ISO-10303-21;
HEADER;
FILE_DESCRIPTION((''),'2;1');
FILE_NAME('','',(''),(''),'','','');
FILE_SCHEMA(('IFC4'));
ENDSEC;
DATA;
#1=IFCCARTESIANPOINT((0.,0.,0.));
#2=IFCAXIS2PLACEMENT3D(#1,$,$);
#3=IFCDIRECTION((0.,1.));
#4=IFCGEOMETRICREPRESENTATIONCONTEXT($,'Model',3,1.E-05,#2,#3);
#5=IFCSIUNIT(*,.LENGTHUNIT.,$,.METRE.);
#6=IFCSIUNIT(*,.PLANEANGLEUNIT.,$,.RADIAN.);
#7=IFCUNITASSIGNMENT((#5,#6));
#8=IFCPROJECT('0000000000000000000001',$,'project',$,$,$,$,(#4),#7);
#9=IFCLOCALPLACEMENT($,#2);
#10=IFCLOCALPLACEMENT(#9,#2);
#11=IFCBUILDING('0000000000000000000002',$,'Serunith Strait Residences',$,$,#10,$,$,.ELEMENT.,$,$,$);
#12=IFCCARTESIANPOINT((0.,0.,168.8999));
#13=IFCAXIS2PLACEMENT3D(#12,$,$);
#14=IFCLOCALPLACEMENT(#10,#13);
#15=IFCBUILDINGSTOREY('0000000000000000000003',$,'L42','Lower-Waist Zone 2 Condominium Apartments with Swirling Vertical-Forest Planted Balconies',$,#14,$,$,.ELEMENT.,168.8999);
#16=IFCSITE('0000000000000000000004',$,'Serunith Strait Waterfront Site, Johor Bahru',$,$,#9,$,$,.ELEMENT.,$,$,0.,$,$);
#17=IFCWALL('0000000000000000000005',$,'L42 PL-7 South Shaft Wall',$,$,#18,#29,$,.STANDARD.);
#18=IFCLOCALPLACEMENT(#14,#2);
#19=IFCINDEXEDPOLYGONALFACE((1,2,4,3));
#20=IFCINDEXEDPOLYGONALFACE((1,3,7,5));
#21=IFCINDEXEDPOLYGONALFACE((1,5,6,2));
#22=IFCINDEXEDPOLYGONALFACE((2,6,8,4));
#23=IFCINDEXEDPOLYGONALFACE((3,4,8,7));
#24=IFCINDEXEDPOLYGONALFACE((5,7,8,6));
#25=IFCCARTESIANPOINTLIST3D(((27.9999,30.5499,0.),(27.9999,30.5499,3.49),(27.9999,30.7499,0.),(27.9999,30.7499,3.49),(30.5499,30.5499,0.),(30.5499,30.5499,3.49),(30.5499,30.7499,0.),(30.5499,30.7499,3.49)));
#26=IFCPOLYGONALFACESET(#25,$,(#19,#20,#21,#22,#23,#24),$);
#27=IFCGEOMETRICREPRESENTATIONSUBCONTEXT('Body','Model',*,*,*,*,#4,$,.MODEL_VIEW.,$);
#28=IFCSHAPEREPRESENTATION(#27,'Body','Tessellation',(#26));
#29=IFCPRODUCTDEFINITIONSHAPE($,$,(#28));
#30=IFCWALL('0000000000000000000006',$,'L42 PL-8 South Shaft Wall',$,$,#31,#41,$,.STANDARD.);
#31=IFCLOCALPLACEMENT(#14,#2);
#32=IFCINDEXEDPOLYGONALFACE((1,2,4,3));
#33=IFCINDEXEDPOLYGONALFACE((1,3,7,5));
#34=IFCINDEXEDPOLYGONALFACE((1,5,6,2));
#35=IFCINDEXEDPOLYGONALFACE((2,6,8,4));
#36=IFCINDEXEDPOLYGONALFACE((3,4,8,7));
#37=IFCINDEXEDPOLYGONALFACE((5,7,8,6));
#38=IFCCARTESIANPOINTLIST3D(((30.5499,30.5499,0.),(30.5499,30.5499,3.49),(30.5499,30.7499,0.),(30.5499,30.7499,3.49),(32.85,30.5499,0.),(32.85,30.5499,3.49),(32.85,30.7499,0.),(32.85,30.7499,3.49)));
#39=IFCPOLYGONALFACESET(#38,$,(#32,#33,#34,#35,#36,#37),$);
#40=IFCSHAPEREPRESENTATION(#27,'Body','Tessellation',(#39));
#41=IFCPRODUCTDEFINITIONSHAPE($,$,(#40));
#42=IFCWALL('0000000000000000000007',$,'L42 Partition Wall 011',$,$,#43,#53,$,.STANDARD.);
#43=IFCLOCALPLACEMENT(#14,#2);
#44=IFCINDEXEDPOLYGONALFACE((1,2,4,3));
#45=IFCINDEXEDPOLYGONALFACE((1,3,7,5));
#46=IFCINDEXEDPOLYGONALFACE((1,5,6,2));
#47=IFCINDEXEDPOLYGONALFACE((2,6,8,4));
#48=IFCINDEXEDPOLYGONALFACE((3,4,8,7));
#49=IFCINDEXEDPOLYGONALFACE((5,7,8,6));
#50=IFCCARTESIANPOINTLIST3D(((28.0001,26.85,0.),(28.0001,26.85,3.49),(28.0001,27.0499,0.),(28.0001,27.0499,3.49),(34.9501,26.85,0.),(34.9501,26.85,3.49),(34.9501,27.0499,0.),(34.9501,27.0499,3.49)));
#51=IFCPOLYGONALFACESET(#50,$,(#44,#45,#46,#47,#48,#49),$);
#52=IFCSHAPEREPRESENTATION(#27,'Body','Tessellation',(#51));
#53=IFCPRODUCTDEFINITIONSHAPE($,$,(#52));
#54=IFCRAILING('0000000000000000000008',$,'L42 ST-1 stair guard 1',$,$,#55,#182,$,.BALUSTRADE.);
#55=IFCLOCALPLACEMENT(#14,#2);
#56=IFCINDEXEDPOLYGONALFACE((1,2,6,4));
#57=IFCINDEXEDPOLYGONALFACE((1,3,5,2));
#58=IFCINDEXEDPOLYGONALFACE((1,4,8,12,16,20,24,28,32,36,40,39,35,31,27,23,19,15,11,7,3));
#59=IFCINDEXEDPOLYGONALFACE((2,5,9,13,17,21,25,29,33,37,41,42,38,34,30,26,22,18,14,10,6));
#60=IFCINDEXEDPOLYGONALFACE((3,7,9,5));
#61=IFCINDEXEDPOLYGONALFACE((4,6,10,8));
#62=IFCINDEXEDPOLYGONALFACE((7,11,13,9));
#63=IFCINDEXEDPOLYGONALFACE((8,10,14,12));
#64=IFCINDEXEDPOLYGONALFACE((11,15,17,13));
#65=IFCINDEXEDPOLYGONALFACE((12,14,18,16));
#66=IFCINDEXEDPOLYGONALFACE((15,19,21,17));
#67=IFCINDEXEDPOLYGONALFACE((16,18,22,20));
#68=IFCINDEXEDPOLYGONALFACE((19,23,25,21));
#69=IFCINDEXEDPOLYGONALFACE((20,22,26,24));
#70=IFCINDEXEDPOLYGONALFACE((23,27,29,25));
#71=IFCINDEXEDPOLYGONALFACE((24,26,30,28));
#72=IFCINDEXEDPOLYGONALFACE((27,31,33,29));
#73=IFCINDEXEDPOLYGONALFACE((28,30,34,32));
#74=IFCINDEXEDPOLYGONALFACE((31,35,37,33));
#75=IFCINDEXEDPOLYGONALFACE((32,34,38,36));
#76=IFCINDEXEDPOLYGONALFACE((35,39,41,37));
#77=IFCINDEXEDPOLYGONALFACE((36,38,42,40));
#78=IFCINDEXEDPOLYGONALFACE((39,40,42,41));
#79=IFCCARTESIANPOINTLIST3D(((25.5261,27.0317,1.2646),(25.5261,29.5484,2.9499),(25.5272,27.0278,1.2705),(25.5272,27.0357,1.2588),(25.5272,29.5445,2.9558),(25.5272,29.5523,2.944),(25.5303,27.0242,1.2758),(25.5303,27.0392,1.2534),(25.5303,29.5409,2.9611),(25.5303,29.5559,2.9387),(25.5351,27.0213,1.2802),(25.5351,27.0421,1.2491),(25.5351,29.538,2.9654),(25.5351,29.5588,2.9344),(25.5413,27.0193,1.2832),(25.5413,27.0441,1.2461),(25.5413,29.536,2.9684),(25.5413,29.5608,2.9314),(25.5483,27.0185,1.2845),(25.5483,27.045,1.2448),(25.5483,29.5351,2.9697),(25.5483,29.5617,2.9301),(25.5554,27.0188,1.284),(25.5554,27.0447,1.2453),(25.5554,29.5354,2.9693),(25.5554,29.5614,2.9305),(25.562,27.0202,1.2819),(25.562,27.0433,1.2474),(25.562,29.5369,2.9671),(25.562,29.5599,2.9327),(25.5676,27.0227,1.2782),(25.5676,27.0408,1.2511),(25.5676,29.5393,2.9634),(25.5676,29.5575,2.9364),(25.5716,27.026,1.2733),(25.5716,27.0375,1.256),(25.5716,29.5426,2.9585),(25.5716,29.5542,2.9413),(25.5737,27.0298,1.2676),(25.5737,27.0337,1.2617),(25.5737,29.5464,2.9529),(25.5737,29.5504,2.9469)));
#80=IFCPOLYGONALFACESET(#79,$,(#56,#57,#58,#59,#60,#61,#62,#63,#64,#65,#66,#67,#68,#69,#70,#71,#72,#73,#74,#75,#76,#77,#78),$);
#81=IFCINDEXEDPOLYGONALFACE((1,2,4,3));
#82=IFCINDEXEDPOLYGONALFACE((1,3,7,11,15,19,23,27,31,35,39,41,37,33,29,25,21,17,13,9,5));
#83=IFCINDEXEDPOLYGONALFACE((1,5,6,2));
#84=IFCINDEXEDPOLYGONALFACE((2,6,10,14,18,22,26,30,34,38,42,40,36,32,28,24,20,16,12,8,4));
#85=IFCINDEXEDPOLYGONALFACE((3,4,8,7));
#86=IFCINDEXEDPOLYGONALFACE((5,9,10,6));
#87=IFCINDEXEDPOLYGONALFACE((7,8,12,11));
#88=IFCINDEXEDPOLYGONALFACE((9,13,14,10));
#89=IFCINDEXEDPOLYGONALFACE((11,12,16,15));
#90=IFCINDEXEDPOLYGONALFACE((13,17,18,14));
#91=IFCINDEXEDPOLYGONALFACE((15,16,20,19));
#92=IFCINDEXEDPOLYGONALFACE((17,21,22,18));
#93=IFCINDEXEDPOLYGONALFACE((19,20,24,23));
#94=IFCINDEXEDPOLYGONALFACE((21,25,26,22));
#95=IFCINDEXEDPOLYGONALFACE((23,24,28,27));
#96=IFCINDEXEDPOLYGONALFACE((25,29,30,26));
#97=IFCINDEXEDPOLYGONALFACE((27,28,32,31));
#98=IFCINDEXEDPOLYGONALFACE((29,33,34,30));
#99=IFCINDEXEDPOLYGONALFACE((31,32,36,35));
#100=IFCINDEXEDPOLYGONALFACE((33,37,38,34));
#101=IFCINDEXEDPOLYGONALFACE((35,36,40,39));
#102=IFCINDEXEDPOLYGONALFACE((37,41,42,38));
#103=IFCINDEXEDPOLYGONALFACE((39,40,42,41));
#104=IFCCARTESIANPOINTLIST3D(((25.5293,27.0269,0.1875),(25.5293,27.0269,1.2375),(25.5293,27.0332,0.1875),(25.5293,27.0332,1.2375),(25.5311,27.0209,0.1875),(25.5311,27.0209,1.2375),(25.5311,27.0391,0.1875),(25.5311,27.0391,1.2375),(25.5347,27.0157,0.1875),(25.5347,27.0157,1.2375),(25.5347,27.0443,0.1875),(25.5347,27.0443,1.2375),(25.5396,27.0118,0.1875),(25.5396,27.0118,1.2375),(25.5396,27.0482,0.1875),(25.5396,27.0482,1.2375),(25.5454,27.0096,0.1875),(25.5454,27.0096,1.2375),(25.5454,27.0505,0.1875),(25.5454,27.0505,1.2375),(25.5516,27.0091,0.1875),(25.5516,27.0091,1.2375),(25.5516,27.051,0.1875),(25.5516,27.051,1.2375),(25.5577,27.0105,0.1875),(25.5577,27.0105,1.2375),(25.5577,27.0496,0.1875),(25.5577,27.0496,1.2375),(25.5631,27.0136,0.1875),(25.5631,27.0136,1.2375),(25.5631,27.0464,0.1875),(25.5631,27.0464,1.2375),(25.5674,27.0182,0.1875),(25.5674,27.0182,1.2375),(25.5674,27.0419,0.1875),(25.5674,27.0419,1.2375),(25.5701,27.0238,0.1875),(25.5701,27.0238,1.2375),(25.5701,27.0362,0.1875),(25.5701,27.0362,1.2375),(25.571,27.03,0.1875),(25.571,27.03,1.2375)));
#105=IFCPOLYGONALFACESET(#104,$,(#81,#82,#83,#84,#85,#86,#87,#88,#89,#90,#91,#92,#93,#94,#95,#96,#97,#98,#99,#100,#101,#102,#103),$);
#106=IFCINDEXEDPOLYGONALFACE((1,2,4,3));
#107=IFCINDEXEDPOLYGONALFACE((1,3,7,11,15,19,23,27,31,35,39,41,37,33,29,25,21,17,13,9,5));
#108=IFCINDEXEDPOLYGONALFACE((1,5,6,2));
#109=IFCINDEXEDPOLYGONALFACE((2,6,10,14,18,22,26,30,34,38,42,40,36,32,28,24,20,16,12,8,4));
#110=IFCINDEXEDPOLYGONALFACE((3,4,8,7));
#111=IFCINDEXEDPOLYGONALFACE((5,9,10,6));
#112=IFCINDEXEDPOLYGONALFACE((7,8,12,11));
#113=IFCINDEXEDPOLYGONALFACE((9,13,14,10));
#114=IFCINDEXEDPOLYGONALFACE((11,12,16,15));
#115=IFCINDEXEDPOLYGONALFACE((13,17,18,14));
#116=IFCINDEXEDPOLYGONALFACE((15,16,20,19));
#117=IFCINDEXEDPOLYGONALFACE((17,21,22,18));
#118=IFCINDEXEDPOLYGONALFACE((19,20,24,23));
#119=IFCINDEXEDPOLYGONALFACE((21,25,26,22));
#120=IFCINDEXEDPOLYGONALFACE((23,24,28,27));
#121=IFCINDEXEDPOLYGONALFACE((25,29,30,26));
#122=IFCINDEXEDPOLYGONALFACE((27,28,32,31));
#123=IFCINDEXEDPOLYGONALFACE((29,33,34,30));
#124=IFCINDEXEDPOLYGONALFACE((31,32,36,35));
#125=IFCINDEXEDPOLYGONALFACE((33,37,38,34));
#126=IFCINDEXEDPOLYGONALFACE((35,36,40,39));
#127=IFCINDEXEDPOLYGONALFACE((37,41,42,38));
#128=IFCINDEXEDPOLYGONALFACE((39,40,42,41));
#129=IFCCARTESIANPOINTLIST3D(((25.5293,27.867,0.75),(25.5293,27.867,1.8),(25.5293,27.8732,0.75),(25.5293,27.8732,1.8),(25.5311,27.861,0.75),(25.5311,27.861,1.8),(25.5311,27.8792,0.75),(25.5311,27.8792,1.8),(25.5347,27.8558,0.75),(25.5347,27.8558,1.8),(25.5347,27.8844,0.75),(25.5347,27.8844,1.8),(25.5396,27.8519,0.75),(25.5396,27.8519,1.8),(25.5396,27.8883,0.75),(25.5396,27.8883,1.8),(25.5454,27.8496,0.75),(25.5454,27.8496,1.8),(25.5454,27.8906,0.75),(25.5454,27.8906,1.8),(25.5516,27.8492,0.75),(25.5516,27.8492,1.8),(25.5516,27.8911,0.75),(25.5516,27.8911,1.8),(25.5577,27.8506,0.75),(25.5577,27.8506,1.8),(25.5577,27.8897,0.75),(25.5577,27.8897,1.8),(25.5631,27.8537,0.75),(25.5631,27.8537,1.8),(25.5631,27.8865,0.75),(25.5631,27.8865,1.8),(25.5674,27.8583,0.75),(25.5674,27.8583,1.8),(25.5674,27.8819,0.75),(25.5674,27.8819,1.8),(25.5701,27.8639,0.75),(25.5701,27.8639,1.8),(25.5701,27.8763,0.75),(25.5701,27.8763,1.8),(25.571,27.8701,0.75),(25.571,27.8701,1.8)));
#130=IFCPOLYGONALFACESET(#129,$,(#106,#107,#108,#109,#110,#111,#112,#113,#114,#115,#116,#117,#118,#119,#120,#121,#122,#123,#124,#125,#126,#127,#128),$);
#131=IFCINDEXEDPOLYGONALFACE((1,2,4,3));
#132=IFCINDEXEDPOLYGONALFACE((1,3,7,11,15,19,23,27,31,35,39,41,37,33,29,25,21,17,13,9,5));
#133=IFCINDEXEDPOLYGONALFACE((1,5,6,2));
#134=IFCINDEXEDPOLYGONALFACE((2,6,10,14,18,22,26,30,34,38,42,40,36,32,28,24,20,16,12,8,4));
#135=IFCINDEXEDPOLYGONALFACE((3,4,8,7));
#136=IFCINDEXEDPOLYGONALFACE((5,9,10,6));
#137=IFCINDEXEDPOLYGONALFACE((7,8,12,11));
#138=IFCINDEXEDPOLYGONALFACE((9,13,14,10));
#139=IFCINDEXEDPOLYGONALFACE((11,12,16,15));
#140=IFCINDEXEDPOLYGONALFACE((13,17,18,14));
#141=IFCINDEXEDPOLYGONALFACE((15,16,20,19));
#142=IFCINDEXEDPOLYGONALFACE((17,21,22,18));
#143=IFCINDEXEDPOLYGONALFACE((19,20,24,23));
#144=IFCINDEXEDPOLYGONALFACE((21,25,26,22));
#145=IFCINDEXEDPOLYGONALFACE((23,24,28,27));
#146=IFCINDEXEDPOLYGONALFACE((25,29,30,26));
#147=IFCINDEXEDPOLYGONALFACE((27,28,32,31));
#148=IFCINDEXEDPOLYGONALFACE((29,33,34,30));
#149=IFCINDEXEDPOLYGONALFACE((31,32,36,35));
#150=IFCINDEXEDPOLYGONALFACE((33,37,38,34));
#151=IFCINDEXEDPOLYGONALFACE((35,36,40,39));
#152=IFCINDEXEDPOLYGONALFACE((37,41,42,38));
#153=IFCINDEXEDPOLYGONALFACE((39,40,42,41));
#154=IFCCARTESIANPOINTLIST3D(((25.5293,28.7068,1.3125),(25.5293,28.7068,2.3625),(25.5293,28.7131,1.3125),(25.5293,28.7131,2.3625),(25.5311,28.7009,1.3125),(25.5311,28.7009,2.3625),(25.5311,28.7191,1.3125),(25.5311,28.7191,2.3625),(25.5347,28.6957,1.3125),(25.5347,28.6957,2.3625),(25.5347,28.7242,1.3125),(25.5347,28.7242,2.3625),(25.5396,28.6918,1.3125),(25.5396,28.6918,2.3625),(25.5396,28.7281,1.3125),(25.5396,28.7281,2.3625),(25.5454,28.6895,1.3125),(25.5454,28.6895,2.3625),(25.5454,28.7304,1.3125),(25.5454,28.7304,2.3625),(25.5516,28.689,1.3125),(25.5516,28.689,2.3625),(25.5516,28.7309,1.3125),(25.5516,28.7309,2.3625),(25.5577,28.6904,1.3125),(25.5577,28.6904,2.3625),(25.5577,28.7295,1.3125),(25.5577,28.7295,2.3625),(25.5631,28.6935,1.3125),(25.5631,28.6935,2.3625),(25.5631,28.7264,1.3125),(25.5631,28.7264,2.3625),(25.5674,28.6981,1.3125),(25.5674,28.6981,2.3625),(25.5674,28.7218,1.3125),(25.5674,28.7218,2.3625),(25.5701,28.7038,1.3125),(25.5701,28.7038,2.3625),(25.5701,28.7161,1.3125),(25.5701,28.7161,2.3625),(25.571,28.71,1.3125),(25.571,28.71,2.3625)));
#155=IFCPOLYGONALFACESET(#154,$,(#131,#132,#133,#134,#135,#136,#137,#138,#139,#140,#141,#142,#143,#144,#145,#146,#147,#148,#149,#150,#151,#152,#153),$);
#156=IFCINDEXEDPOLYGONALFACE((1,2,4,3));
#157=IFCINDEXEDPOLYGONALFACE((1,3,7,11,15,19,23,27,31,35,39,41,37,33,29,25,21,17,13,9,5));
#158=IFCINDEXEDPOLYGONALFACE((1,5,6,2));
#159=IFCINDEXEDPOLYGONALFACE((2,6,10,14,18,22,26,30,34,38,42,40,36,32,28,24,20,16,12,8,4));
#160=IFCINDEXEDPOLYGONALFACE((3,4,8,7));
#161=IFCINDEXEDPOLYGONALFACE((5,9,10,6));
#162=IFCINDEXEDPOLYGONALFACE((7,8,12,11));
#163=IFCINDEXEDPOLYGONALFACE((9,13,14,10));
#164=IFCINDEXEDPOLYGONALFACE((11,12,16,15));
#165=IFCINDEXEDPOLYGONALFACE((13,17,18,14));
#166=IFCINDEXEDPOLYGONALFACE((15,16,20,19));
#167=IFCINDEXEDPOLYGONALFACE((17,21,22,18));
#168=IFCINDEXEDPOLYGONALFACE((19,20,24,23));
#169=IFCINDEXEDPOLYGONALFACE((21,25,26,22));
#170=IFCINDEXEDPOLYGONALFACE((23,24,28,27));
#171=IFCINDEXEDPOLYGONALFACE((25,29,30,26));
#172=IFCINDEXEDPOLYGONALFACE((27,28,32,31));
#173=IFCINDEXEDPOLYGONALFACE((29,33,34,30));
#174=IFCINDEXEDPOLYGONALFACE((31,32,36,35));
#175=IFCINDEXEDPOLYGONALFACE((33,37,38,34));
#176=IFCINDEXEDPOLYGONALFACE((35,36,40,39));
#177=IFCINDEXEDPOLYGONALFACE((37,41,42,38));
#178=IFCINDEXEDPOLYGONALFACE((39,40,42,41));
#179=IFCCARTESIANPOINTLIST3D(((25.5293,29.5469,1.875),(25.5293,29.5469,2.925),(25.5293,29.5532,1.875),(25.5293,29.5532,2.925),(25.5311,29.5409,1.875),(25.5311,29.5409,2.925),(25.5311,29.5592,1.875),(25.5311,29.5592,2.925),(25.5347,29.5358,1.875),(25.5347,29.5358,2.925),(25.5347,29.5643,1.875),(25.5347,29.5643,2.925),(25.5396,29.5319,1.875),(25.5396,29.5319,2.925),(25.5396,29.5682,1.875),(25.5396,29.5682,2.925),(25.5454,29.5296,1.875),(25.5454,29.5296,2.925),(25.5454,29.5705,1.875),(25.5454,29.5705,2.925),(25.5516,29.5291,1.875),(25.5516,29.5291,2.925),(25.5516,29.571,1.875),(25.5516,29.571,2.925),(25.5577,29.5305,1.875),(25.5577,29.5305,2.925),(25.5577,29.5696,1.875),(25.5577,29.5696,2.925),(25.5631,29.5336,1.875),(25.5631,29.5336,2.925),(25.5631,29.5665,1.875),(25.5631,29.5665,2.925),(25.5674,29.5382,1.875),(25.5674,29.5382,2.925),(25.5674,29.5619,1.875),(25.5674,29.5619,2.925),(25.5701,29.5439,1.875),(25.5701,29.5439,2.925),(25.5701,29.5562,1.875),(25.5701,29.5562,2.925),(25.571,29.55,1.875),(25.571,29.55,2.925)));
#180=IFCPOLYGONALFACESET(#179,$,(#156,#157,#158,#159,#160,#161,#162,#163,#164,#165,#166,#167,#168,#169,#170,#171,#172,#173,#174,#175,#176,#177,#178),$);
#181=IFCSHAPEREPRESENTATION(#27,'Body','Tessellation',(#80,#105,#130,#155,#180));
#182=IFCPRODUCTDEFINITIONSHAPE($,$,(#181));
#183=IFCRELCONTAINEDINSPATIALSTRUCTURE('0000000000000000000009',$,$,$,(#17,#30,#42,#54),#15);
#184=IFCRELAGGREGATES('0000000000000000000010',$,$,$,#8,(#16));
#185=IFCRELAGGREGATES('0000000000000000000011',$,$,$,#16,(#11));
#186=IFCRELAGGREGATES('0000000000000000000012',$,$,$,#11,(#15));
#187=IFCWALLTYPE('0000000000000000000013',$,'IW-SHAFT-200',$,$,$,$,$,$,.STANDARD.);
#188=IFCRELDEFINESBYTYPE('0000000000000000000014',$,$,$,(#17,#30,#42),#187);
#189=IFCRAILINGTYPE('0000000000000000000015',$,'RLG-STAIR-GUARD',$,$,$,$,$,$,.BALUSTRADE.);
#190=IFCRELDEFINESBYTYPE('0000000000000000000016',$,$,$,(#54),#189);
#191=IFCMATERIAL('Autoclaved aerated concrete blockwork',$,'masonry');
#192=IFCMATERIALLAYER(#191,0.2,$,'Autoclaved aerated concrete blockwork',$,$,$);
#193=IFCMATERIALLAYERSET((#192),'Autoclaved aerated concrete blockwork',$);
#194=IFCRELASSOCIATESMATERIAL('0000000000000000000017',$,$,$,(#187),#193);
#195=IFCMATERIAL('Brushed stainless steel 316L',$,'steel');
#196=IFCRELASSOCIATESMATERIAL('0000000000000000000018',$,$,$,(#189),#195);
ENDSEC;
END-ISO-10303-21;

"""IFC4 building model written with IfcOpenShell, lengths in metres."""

from ifc_helpers import new_model, si_unit, direction, frame, frame_2d, origin, origin_2d, place, context, subcontext, project, spatial, rectangle, circle, extrude, material, layer, layer_set, type_object, element, save


model = new_model("IFC4")

# Units and contexts
model_context = context("Model", 3, precision=1e-05, world=origin(), true_north=direction((0.0, 1.0)))
body_context = subcontext(model_context, "Body", "Model", "MODEL_VIEW")
ifc_project = project(units=[si_unit("LENGTHUNIT", "METRE"), si_unit("PLANEANGLEUNIT", "RADIAN")], contexts=[model_context])

# Site, building, storey
site_placement = place(None, origin())
site = spatial("IfcSite", under=ifc_project, at=site_placement, Name="Serunith Strait Waterfront Site, Johor Bahru", CompositionType="ELEMENT", RefElevation=0.0)
building_placement = place(site_placement, origin())
building = spatial("IfcBuilding", under=site, at=building_placement, Name="Serunith Strait Residences", CompositionType="ELEMENT")
storey_placement = place(building_placement, frame((0.0, 0.0, 168.8999)))
storey = spatial("IfcBuildingStorey", under=building, at=storey_placement, Name="L42", Description="Lower-Waist Zone 2 Condominium Apartments with Swirling Vertical-Forest Planted Balconies", CompositionType="ELEMENT", Elevation=168.8999)

# Shared definitions
ifc_material_1 = material(Name="Autoclaved aerated concrete blockwork", Category="masonry")
ifc_layer_1 = layer(ifc_material_1, 0.2, Name="Autoclaved aerated concrete blockwork")
ifc_layer_set_1 = layer_set([ifc_layer_1], Name="Autoclaved aerated concrete blockwork")
wall_type_1 = type_object("IfcWallType", Name="IW-SHAFT-200", PredefinedType="STANDARD", material=ifc_layer_set_1)

# Walls
wall_1_placement = place(storey_placement, frame((28.0, 30.6499, 0.0), z_axis=(0.0, 0.0, 1.0), x_axis=(1.0, 0.0, 0.0)))
element("IfcWall", 1, at=wall_1_placement, inside=storey, type_object=wall_type_1, Name="L42 PL-7 South Shaft Wall", PredefinedType="STANDARD", context=body_context, shape_type="SweptSolid", body=[
    extrude(rectangle(XDim=2.55, YDim=0.2, at=frame_2d((1.2749, 0.0))), origin(), (0.0, 0.0, 1.0), 3.49),
])
wall_2_placement = place(storey_placement, frame((30.55, 30.6499, 0.0), z_axis=(0.0, 0.0, 1.0), x_axis=(1.0, 0.0, 0.0)))
element("IfcWall", 2, at=wall_2_placement, inside=storey, type_object=wall_type_1, Name="L42 PL-8 South Shaft Wall", PredefinedType="STANDARD", context=body_context, shape_type="SweptSolid", body=[
    extrude(rectangle(XDim=2.3, YDim=0.2, at=frame_2d((1.1499, 0.0))), origin(), (0.0, 0.0, 1.0), 3.49),
])
wall_3_placement = place(storey_placement, frame((28.0, 26.95, 0.0), z_axis=(0.0, 0.0, 1.0), x_axis=(1.0, 0.0, 0.0)))
element("IfcWall", 3, at=wall_3_placement, inside=storey, type_object=wall_type_1, Name="L42 Partition Wall 011", PredefinedType="STANDARD", context=body_context, shape_type="SweptSolid", body=[
    extrude(rectangle(XDim=6.95, YDim=0.2, at=frame_2d((3.4751, 0.0))), origin(), (0.0, 0.0, 1.0), 3.49),
])

# Railing
ifc_material_2 = material(Name="Brushed stainless steel 316L", Category="steel")
railing_type_1 = type_object("IfcRailingType", Name="RLG-STAIR-GUARD", PredefinedType="BALUSTRADE", material=ifc_material_2)
railing_1_placement = place(storey_placement, frame((25.55, 27.03, 0.1875)))
element("IfcRailing", 4, at=railing_1_placement, inside=storey, type_object=railing_type_1, Name="L42 ST-1 stair guard 1", PredefinedType="BALUSTRADE", context=body_context, shape_type="SweptSolid", body=[
    extrude(circle(Radius=0.0239, at=origin_2d()), frame((0.0, 0.0017, 1.0771), z_axis=(0.0, 0.830909, 0.556408), x_axis=(-1.0, 0.0, 0.0)), (0.0, 0.0, 1.0), 3.0288),
    extrude(circle(Radius=0.021, at=origin_2d()), origin(), (0.0, 0.0, 1.0), 1.05),
    extrude(circle(Radius=0.021, at=origin_2d()), frame((0.0, 0.8401, 0.5625)), (0.0, 0.0, 1.0), 1.05),
    extrude(circle(Radius=0.021, at=origin_2d()), frame((0.0, 1.6799, 1.125)), (0.0, 0.0, 1.0), 1.05),
    extrude(circle(Radius=0.021, at=origin_2d()), frame((0.0, 2.52, 1.6875)), (0.0, 0.0, 1.0), 1.05),
])

save(model, "model.ifc")
